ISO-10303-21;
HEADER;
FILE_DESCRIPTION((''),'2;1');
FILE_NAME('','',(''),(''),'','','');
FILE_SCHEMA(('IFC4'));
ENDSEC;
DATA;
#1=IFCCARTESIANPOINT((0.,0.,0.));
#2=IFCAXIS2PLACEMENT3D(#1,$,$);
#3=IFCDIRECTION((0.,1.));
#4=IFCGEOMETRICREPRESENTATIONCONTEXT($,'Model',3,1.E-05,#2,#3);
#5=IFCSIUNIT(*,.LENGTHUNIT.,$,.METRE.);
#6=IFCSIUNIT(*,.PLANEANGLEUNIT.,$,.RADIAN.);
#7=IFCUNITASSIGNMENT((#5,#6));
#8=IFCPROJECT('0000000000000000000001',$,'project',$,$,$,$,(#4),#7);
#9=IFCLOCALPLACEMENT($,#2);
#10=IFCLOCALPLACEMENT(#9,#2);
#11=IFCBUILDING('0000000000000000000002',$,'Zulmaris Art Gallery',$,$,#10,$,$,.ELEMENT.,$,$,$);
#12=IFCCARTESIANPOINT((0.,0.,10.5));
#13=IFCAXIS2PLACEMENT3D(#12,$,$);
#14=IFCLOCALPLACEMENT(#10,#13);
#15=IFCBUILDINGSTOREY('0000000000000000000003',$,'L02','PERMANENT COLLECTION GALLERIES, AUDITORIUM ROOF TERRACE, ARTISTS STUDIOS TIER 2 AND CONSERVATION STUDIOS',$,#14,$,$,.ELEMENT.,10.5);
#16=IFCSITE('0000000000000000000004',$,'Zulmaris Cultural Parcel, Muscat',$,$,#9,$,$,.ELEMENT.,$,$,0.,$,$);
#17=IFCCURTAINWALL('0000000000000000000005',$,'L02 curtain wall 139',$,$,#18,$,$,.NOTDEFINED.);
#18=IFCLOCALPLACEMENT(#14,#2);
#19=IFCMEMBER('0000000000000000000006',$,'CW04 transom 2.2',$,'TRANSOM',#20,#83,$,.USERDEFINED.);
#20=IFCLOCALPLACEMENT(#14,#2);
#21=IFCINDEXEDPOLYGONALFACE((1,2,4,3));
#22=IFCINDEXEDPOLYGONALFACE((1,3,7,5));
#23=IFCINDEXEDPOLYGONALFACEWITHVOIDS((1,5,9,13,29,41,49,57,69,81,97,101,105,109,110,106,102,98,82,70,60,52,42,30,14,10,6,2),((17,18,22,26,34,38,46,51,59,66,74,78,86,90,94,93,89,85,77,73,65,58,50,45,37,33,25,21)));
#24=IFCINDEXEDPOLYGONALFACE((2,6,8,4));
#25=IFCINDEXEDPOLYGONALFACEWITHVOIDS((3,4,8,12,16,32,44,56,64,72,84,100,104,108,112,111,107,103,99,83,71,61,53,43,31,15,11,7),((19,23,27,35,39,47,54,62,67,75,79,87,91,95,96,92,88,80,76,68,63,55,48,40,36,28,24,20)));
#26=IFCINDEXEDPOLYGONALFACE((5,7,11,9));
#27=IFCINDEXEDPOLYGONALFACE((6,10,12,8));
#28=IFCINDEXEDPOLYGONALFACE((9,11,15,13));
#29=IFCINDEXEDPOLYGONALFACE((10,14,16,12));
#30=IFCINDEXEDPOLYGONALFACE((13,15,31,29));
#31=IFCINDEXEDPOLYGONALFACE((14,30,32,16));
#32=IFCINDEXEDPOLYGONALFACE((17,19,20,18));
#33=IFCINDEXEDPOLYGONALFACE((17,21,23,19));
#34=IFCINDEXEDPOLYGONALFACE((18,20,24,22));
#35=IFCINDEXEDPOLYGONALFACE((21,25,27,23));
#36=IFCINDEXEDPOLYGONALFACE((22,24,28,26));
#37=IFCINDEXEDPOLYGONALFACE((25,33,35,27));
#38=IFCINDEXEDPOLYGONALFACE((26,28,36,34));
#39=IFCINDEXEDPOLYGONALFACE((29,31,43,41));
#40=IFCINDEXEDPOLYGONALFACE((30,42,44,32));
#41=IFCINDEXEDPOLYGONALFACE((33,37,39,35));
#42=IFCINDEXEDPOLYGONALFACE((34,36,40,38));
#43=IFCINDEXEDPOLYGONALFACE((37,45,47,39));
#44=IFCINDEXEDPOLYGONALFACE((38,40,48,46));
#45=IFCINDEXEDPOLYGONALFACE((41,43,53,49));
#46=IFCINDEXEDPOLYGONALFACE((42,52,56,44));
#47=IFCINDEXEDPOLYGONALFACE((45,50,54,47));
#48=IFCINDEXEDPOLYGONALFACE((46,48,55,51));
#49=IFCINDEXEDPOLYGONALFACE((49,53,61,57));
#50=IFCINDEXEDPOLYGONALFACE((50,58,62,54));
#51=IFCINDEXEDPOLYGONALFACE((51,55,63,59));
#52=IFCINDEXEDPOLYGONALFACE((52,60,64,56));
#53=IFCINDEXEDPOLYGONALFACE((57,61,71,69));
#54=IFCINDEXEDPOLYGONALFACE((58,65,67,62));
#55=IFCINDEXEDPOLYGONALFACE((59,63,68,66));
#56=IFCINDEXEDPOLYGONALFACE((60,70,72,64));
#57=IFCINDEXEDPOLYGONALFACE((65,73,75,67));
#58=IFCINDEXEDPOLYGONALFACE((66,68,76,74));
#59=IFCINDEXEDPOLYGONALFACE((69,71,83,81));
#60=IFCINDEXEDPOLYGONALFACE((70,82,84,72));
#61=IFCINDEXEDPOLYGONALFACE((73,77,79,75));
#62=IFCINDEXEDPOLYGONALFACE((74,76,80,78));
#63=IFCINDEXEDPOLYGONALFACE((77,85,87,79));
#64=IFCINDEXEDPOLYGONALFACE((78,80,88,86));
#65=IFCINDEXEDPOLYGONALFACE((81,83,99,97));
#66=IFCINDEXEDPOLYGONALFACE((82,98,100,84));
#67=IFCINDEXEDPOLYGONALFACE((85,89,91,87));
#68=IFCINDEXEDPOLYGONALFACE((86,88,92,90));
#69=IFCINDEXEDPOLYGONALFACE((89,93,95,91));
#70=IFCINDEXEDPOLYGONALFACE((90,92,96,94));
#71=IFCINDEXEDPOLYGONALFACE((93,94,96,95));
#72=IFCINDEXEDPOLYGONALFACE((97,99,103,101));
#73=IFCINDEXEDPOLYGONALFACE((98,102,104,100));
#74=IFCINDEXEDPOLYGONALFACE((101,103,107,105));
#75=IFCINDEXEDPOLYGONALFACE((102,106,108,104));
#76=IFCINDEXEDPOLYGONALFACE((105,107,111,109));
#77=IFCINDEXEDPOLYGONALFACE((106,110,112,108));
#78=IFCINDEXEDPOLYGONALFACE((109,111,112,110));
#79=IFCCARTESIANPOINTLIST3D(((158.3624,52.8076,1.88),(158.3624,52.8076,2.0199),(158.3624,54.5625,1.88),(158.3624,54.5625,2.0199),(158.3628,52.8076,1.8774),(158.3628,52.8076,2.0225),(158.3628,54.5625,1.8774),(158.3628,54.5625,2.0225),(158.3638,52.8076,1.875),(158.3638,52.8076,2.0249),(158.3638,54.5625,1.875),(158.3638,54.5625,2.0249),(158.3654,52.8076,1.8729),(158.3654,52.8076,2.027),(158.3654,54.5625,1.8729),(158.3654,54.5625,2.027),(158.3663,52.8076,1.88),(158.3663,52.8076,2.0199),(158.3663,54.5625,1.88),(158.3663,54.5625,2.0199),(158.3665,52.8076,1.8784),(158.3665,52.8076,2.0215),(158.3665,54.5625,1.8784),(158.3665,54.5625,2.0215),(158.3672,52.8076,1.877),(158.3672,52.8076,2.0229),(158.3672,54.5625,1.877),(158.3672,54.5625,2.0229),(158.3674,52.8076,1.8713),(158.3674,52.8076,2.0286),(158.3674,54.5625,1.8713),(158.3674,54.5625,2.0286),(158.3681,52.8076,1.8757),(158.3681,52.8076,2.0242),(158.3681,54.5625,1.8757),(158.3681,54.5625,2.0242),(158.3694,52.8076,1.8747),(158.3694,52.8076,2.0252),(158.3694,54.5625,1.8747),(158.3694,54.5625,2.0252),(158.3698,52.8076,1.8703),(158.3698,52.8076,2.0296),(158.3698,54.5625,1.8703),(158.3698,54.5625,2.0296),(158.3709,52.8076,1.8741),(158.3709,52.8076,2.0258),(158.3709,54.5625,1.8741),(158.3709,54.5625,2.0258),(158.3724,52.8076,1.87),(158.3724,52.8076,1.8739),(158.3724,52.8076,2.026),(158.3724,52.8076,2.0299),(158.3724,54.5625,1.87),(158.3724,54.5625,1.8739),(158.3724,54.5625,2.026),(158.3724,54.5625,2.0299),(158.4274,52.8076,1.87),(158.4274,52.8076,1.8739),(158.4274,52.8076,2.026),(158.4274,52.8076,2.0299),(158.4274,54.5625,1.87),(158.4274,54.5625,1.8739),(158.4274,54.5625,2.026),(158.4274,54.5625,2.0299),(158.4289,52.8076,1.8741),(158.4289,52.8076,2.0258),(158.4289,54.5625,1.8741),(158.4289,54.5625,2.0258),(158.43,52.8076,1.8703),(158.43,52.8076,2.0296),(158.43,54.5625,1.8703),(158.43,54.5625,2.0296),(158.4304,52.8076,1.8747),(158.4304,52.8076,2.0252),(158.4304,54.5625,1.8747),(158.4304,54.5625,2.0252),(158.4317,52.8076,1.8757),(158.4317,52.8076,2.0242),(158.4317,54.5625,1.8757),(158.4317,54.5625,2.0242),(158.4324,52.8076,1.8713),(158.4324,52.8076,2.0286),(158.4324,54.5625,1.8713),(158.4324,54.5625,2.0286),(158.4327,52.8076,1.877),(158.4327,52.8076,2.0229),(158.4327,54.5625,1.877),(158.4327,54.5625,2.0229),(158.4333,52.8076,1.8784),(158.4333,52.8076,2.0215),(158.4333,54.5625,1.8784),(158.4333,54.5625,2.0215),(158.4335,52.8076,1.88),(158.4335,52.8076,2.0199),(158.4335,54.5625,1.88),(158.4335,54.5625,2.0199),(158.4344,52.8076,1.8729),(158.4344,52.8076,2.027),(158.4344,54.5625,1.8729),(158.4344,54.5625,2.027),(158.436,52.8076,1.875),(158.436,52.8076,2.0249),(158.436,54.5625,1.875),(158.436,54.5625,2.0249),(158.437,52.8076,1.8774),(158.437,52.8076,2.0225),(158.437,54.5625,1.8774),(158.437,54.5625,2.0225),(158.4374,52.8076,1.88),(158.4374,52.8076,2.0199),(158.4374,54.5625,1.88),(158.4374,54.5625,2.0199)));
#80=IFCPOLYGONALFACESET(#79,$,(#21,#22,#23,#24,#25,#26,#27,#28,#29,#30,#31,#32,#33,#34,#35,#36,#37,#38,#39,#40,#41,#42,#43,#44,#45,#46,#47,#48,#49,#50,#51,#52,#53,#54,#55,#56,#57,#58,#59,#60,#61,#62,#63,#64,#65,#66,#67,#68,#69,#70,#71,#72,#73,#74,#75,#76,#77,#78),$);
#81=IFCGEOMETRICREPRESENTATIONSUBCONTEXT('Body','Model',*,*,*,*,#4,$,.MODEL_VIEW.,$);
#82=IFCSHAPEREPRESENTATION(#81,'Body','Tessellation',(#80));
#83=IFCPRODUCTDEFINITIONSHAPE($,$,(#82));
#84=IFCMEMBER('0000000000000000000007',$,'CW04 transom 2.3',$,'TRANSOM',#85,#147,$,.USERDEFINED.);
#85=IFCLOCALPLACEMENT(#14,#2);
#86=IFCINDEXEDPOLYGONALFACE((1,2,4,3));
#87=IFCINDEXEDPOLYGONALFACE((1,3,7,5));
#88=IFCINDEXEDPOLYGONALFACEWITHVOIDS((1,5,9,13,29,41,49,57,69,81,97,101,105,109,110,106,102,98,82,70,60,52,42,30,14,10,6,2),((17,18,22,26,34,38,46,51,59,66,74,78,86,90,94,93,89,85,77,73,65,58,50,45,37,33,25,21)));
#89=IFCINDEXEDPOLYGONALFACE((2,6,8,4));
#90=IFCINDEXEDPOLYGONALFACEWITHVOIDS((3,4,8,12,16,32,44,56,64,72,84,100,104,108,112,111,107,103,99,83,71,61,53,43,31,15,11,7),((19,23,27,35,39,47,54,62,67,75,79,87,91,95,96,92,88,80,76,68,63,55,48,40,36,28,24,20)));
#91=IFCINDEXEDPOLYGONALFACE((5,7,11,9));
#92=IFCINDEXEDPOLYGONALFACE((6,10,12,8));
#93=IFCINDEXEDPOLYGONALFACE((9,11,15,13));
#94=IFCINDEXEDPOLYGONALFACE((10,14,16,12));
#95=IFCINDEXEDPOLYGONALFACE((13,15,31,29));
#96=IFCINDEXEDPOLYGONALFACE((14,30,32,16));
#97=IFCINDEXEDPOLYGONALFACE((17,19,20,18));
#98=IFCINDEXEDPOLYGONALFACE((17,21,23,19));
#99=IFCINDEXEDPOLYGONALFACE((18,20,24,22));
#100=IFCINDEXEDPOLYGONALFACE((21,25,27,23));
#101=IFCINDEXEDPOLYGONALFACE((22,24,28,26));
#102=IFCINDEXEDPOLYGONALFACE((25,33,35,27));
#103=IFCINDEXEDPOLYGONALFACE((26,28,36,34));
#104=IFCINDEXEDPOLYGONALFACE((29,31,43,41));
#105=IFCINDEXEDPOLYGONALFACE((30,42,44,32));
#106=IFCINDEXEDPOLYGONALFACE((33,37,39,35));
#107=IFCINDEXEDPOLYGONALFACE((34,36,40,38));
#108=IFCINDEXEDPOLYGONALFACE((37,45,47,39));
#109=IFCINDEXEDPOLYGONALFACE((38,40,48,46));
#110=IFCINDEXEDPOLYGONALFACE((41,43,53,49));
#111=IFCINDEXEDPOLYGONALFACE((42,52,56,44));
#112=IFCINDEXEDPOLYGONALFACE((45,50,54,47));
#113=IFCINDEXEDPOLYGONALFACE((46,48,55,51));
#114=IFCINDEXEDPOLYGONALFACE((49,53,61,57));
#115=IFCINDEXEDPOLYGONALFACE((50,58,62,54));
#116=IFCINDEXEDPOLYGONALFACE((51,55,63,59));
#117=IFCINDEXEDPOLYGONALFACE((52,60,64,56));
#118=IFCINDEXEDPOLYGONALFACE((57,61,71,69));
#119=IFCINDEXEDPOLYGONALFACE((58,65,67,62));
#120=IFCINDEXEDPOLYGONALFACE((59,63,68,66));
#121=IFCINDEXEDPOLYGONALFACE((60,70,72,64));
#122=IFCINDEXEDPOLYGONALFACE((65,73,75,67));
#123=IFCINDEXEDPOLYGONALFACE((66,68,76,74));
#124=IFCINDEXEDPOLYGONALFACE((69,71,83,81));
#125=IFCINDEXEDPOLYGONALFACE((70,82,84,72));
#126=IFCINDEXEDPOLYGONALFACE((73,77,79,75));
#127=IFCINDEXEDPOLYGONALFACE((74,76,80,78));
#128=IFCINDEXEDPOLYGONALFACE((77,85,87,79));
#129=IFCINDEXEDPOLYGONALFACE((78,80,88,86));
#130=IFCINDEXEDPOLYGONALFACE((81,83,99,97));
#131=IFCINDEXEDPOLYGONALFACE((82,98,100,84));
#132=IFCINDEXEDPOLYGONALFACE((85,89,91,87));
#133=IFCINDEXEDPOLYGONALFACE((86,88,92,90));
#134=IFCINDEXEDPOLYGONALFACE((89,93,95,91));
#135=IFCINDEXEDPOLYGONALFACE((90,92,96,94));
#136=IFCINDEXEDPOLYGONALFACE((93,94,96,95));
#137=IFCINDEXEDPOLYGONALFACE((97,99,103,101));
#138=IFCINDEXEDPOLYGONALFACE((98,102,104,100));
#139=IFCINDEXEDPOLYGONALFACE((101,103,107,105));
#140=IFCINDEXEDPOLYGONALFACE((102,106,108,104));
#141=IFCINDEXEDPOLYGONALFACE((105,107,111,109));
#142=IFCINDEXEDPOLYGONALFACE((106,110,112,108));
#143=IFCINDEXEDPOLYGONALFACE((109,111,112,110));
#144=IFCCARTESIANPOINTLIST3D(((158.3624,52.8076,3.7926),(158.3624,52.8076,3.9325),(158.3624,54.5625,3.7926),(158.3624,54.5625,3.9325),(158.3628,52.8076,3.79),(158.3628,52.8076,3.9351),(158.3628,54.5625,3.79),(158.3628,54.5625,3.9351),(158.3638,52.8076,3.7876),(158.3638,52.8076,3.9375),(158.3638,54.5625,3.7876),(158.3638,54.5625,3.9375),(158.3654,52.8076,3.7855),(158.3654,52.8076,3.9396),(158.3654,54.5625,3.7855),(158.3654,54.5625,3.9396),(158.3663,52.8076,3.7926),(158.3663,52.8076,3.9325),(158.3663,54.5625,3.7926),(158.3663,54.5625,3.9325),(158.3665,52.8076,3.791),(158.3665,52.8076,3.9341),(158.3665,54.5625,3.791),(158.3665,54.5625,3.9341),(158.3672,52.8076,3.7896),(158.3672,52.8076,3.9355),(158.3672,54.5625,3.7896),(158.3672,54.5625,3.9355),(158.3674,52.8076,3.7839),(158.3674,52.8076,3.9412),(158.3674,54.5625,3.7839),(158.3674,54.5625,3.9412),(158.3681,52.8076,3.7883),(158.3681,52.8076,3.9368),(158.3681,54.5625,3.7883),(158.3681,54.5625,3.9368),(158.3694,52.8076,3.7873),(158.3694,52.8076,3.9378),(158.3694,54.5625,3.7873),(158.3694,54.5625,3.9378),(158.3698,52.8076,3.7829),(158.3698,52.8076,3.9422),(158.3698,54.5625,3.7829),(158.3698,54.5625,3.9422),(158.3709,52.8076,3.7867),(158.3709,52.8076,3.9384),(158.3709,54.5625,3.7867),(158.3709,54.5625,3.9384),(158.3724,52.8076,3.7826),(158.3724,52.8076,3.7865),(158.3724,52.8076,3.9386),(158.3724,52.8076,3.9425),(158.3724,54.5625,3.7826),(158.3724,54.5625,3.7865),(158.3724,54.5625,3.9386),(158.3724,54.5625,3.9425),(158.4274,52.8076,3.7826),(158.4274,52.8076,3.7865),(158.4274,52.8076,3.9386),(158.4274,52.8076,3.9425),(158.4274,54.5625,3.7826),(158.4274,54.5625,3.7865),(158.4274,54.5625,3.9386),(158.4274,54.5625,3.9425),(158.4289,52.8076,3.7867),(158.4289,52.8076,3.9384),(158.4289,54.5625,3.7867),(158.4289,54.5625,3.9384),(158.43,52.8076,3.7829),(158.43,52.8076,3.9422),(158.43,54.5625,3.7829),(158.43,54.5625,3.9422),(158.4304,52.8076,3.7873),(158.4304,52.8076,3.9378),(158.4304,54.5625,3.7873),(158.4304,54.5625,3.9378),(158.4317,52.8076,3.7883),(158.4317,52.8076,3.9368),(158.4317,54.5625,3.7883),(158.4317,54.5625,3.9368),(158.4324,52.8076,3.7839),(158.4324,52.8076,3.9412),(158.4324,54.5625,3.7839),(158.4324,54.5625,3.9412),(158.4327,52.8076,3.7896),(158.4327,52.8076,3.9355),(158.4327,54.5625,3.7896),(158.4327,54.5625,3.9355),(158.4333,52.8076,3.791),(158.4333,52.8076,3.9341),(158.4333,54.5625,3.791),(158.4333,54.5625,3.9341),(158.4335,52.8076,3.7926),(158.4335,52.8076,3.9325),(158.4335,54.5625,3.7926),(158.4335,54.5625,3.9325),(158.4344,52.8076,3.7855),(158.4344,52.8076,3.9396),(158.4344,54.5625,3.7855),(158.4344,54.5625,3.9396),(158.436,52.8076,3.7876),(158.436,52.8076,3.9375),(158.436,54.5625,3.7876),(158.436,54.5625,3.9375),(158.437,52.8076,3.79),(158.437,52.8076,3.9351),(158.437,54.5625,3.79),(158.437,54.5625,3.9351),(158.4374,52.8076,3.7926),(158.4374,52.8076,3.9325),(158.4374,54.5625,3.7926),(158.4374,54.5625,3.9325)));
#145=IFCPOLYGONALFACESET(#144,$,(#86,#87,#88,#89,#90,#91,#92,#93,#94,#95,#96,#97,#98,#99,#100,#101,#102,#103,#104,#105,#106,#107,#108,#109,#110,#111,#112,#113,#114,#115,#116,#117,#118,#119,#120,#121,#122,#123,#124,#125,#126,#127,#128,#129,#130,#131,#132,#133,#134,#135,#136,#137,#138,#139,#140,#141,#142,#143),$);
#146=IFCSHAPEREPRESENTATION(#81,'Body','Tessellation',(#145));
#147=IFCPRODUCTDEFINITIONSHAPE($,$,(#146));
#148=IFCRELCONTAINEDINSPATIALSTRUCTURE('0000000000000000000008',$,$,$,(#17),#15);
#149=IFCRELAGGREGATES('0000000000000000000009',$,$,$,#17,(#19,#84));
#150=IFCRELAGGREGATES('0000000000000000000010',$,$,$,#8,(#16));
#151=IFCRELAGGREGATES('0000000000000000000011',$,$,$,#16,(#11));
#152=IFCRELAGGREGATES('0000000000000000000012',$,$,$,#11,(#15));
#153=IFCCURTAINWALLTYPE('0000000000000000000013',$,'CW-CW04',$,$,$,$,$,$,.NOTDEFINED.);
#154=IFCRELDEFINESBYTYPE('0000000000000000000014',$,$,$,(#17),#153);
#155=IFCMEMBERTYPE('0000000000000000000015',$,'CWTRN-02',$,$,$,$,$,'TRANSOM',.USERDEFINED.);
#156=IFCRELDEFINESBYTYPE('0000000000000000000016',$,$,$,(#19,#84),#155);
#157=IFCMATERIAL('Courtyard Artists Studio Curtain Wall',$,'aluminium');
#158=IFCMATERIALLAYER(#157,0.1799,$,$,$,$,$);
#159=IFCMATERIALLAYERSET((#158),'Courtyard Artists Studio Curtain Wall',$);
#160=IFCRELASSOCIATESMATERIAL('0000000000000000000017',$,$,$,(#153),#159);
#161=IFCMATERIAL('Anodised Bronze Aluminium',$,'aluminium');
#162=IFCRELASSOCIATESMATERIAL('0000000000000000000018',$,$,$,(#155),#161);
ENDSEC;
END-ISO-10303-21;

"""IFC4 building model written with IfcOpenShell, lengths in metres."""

from ifc_helpers import new_model, si_unit, direction, frame, origin, origin_2d, place, context, subcontext, project, spatial, hollow_rectangle, extrude, material, layer, layer_set, material_profile, profile_set, type_object, element, aggregate, save


model = new_model("IFC4")

# Units and contexts
model_context = context("Model", 3, precision=1e-05, world=origin(), true_north=direction((0.0, 1.0)))
body_context = subcontext(model_context, "Body", "Model", "MODEL_VIEW")
ifc_project = project(units=[si_unit("LENGTHUNIT", "METRE"), si_unit("PLANEANGLEUNIT", "RADIAN")], contexts=[model_context])

# Site, building, storey
site_placement = place(None, origin())
site = spatial("IfcSite", under=ifc_project, at=site_placement, Name="Zulmaris Cultural Parcel, Muscat", CompositionType="ELEMENT", RefElevation=0.0)
building_placement = place(site_placement, origin())
building = spatial("IfcBuilding", under=site, at=building_placement, Name="Zulmaris Art Gallery", CompositionType="ELEMENT")
storey_placement = place(building_placement, frame((0.0, 0.0, 10.5)))
storey = spatial("IfcBuildingStorey", under=building, at=storey_placement, Name="L02", Description="PERMANENT COLLECTION GALLERIES, AUDITORIUM ROOF TERRACE, ARTISTS STUDIOS TIER 2 AND CONSERVATION STUDIOS", CompositionType="ELEMENT", Elevation=10.5)

# Curtain wall
ifc_material_1 = material(Name="Courtyard Artists Studio Curtain Wall", Category="aluminium")
ifc_layer_1 = layer(ifc_material_1, 0.1799)
ifc_layer_set_1 = layer_set([ifc_layer_1], Name="Courtyard Artists Studio Curtain Wall")
curtain_wall_type = type_object("IfcCurtainWallType", Name="CW-CW04", PredefinedType="NOTDEFINED", material=ifc_layer_set_1)
ifc_material_2 = material(Name="Anodised Bronze Aluminium", Category="aluminium")
curtain_wall_1_placement = place(storey_placement, origin())
curtain_wall_1 = element("IfcCurtainWall", 1, at=curtain_wall_1_placement, inside=storey, type_object=curtain_wall_type, Name="L02 curtain wall 139", PredefinedType="NOTDEFINED")

# Members
ifc_material_profile_1 = material_profile(ifc_material_2, hollow_rectangle(XDim=0.075, YDim=0.1599, WallThickness=0.0039, InnerFilletRadius=0.0061, OuterFilletRadius=0.01, at=origin_2d()), Name="ALU 75x160x4")
ifc_profile_set_1 = profile_set([ifc_material_profile_1], Name="Anodised Bronze Aluminium")
member_type_1 = type_object("IfcMemberType", Name="CWTRN-02", ElementType="TRANSOM", PredefinedType="USERDEFINED", material=ifc_profile_set_1)
member_1_placement = place(storey_placement, frame((158.3999, 52.8076, 1.95), z_axis=(0.0, 1.0, 0.0), x_axis=(-1.0, 0.0, 0.0)))
member_1 = element("IfcMember", 2, at=member_1_placement, type_object=member_type_1, Name="CW04 transom 2.2", ObjectType="TRANSOM", PredefinedType="USERDEFINED", context=body_context, shape_type="SweptSolid", body=[
    extrude(hollow_rectangle(XDim=0.075, YDim=0.1599, WallThickness=0.0039, InnerFilletRadius=0.0061, OuterFilletRadius=0.01, at=origin_2d()), origin(), (0.0, 0.0, 1.0), 1.7549),
])
member_2_placement = place(storey_placement, frame((158.3999, 52.8076, 3.8625), z_axis=(0.0, 1.0, 0.0), x_axis=(-1.0, 0.0, 0.0)))
member_2 = element("IfcMember", 3, at=member_2_placement, type_object=member_type_1, Name="CW04 transom 2.3", ObjectType="TRANSOM", PredefinedType="USERDEFINED", context=body_context, shape_type="SweptSolid", body=[
    extrude(hollow_rectangle(XDim=0.075, YDim=0.1599, WallThickness=0.0039, InnerFilletRadius=0.0061, OuterFilletRadius=0.01, at=origin_2d()), origin(), (0.0, 0.0, 1.0), 1.7549),
])

aggregate(curtain_wall_1, [member_1, member_2])

save(model, "model.ifc")
